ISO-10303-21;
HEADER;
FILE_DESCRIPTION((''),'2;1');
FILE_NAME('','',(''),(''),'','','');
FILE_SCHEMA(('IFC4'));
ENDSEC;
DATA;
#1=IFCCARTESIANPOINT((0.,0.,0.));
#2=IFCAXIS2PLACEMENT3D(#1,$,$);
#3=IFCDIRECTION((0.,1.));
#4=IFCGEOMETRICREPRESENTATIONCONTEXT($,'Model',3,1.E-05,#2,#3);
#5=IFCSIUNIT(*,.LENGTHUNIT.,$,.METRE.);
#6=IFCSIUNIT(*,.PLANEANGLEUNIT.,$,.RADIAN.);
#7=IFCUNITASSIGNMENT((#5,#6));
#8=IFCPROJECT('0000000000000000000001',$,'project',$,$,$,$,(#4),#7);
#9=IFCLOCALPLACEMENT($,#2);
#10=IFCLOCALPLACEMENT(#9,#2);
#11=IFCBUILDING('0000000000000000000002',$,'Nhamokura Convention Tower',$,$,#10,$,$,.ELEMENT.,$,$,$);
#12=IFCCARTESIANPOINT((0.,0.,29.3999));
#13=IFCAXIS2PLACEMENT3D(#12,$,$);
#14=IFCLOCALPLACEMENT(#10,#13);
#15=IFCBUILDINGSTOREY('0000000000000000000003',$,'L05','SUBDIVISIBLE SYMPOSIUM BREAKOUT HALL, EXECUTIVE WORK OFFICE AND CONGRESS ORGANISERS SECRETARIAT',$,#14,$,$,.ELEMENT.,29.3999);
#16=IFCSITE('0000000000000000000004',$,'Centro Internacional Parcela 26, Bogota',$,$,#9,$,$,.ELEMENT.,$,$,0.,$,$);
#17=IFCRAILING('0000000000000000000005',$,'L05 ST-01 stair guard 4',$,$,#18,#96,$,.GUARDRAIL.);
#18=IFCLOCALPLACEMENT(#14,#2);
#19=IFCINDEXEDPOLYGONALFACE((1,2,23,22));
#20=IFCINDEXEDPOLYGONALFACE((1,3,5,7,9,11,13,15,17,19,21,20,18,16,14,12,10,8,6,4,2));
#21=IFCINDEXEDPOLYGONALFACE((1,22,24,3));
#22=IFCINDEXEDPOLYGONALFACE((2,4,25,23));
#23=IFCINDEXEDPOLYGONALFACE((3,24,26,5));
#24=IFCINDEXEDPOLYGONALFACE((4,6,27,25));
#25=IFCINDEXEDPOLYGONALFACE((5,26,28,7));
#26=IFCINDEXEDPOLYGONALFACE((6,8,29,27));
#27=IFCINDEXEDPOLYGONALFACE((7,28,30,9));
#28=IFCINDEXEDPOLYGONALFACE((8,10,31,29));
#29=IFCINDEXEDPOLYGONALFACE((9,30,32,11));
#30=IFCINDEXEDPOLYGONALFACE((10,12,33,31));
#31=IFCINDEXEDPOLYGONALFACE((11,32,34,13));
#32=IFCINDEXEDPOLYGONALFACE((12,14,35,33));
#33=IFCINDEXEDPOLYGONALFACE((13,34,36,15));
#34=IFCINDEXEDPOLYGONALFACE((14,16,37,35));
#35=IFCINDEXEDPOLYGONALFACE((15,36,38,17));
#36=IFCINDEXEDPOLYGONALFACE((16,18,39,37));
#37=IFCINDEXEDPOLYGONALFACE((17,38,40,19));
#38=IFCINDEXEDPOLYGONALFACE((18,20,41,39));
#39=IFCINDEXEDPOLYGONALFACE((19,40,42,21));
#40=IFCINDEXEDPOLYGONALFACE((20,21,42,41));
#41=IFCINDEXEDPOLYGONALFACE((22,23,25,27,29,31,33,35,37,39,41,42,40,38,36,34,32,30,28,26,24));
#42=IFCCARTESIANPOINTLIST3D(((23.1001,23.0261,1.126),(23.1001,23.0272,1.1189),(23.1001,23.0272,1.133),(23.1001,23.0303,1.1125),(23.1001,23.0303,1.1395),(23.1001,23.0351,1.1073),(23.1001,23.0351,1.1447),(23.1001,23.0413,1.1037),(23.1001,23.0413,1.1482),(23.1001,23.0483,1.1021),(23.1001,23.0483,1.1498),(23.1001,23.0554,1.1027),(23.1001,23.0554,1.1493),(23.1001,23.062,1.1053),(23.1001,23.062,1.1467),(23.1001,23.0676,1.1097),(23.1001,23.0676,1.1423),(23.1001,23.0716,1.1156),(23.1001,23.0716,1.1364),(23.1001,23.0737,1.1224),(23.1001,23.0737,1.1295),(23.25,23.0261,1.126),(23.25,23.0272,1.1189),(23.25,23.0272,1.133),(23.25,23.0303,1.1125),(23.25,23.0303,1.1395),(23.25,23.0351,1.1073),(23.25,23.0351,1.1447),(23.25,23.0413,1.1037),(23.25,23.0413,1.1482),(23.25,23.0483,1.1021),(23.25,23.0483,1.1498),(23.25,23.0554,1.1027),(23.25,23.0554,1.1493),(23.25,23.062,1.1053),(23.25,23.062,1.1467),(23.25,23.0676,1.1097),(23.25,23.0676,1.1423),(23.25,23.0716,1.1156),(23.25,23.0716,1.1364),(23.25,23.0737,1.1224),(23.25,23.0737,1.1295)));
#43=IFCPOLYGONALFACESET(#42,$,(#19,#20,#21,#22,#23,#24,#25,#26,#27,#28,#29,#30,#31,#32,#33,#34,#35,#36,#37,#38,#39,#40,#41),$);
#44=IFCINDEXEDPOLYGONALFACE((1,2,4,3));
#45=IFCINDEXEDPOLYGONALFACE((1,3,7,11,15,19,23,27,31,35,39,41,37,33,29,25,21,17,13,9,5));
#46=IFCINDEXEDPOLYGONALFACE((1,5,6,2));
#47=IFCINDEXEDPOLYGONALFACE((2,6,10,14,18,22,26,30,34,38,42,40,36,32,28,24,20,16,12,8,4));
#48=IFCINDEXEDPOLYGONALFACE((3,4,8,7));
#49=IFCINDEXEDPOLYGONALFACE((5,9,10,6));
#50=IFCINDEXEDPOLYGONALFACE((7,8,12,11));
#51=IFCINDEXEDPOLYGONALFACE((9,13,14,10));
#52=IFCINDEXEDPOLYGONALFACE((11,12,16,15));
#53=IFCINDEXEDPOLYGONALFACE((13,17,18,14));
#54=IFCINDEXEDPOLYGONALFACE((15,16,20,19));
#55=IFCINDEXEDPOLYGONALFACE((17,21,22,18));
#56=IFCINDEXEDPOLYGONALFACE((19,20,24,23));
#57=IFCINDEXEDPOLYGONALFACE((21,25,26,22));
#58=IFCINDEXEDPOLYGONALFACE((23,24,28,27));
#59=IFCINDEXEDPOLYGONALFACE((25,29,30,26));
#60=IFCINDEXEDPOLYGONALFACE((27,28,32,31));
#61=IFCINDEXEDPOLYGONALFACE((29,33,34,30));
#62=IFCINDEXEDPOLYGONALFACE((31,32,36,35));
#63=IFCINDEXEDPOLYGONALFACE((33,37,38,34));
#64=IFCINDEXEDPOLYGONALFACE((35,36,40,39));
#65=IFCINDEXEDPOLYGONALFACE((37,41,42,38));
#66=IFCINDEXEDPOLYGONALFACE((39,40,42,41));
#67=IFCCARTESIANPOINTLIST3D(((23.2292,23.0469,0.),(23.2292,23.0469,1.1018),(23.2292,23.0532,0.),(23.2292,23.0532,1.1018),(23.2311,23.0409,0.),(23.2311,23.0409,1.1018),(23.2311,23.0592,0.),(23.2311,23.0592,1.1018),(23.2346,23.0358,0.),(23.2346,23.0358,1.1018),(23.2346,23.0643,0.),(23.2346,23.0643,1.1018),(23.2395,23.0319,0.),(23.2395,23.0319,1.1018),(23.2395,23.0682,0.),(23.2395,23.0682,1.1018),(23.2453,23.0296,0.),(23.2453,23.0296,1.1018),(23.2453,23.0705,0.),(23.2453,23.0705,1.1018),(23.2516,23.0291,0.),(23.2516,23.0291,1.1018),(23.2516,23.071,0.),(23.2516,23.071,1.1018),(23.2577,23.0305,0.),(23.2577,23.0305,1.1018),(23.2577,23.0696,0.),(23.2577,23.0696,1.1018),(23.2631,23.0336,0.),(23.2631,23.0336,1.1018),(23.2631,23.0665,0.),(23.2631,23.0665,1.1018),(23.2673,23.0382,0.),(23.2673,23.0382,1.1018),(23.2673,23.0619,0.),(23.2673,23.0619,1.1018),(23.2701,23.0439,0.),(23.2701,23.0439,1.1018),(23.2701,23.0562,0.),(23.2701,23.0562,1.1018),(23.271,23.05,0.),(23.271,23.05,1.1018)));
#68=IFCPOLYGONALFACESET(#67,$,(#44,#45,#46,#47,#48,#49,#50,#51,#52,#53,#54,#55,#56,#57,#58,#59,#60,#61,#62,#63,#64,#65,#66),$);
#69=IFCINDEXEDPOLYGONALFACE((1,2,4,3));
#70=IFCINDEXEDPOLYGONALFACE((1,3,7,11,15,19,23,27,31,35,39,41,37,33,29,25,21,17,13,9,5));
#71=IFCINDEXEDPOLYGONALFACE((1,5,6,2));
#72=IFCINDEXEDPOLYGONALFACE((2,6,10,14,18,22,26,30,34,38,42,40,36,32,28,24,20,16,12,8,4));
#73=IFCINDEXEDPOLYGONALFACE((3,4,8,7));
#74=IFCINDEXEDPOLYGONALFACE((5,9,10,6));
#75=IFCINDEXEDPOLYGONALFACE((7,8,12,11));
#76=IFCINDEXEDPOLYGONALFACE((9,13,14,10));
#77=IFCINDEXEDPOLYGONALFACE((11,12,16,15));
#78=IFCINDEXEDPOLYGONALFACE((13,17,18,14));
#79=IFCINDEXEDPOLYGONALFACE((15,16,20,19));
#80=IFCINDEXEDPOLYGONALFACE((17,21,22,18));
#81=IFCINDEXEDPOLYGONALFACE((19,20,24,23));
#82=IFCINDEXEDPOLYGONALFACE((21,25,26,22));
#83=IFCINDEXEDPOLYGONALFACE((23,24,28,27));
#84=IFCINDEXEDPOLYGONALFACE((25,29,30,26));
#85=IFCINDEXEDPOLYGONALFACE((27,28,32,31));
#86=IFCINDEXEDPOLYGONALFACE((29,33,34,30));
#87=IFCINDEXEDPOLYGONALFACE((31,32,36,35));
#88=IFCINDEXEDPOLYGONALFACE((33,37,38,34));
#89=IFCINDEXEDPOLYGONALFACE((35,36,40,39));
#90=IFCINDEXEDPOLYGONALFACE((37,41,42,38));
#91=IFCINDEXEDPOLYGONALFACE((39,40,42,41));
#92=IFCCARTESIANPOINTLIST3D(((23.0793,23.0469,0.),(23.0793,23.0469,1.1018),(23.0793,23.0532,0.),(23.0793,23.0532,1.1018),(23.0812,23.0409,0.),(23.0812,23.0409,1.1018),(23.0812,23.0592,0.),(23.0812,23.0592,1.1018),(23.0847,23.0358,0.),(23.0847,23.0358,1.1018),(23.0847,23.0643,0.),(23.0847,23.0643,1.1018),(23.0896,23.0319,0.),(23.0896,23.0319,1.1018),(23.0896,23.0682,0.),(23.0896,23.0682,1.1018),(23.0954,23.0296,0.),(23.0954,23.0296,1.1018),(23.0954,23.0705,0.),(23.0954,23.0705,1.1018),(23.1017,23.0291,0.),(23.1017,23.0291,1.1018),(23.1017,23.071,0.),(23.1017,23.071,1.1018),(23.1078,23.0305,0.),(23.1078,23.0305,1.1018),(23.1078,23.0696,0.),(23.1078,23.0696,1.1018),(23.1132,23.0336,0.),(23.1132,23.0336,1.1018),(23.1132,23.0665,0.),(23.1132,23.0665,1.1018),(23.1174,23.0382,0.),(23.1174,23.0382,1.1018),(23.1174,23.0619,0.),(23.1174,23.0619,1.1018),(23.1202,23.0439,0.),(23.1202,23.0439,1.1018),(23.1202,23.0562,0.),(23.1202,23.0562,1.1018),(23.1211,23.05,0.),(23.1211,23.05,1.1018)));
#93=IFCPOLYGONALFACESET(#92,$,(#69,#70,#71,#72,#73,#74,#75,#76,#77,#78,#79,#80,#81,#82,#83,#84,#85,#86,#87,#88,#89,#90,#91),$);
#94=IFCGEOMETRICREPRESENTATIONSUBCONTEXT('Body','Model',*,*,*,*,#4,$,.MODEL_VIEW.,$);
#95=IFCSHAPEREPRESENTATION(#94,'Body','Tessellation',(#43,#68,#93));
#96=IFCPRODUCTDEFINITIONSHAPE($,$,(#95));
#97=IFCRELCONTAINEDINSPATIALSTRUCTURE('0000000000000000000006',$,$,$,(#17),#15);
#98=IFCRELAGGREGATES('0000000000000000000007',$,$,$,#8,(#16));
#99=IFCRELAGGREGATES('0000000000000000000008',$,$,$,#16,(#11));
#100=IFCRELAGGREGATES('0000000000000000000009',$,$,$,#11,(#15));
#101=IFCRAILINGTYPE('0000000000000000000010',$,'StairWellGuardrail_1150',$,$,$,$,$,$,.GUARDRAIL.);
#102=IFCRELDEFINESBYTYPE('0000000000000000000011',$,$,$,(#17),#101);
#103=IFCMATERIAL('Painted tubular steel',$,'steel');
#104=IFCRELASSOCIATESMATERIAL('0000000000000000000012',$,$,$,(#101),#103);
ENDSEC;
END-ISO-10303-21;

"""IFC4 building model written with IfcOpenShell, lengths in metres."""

from ifc_helpers import new_model, si_unit, direction, frame, origin, origin_2d, place, context, subcontext, project, spatial, circle, extrude, material, type_object, element, save


model = new_model("IFC4")

# Units and contexts
model_context = context("Model", 3, precision=1e-05, world=origin(), true_north=direction((0.0, 1.0)))
body_context = subcontext(model_context, "Body", "Model", "MODEL_VIEW")
ifc_project = project(units=[si_unit("LENGTHUNIT", "METRE"), si_unit("PLANEANGLEUNIT", "RADIAN")], contexts=[model_context])

# Site, building, storey
site_placement = place(None, origin())
site = spatial("IfcSite", under=ifc_project, at=site_placement, Name="Centro Internacional Parcela 26, Bogota", CompositionType="ELEMENT", RefElevation=0.0)
building_placement = place(site_placement, origin())
building = spatial("IfcBuilding", under=site, at=building_placement, Name="Nhamokura Convention Tower", CompositionType="ELEMENT")
storey_placement = place(building_placement, frame((0.0, 0.0, 29.3999)))
storey = spatial("IfcBuildingStorey", under=building, at=storey_placement, Name="L05", Description="SUBDIVISIBLE SYMPOSIUM BREAKOUT HALL, EXECUTIVE WORK OFFICE AND CONGRESS ORGANISERS SECRETARIAT", CompositionType="ELEMENT", Elevation=29.3999)

# Railing
ifc_material_1 = material(Name="Painted tubular steel", Category="steel")
railing_type_1 = type_object("IfcRailingType", Name="StairWellGuardrail_1150", PredefinedType="GUARDRAIL", material=ifc_material_1)
railing_1_placement = place(storey_placement, frame((23.25, 23.05, 0.0)))
element("IfcRailing", 1, at=railing_1_placement, inside=storey, type_object=railing_type_1, Name="L05 ST-01 stair guard 4", PredefinedType="GUARDRAIL", context=body_context, shape_type="SweptSolid", body=[
    extrude(circle(Radius=0.0239, at=origin_2d()), frame((0.0, 0.0, 1.126), z_axis=(-1.0, 0.0, 0.0), x_axis=(0.0, -1.0, 0.0)), (0.0, 0.0, 1.0), 0.1499),
    extrude(circle(Radius=0.021, at=origin_2d()), origin(), (0.0, 0.0, 1.0), 1.1018),
    extrude(circle(Radius=0.021, at=origin_2d()), frame((-0.1499, 0.0, 0.0)), (0.0, 0.0, 1.0), 1.1018),
])

save(model, "model.ifc")
